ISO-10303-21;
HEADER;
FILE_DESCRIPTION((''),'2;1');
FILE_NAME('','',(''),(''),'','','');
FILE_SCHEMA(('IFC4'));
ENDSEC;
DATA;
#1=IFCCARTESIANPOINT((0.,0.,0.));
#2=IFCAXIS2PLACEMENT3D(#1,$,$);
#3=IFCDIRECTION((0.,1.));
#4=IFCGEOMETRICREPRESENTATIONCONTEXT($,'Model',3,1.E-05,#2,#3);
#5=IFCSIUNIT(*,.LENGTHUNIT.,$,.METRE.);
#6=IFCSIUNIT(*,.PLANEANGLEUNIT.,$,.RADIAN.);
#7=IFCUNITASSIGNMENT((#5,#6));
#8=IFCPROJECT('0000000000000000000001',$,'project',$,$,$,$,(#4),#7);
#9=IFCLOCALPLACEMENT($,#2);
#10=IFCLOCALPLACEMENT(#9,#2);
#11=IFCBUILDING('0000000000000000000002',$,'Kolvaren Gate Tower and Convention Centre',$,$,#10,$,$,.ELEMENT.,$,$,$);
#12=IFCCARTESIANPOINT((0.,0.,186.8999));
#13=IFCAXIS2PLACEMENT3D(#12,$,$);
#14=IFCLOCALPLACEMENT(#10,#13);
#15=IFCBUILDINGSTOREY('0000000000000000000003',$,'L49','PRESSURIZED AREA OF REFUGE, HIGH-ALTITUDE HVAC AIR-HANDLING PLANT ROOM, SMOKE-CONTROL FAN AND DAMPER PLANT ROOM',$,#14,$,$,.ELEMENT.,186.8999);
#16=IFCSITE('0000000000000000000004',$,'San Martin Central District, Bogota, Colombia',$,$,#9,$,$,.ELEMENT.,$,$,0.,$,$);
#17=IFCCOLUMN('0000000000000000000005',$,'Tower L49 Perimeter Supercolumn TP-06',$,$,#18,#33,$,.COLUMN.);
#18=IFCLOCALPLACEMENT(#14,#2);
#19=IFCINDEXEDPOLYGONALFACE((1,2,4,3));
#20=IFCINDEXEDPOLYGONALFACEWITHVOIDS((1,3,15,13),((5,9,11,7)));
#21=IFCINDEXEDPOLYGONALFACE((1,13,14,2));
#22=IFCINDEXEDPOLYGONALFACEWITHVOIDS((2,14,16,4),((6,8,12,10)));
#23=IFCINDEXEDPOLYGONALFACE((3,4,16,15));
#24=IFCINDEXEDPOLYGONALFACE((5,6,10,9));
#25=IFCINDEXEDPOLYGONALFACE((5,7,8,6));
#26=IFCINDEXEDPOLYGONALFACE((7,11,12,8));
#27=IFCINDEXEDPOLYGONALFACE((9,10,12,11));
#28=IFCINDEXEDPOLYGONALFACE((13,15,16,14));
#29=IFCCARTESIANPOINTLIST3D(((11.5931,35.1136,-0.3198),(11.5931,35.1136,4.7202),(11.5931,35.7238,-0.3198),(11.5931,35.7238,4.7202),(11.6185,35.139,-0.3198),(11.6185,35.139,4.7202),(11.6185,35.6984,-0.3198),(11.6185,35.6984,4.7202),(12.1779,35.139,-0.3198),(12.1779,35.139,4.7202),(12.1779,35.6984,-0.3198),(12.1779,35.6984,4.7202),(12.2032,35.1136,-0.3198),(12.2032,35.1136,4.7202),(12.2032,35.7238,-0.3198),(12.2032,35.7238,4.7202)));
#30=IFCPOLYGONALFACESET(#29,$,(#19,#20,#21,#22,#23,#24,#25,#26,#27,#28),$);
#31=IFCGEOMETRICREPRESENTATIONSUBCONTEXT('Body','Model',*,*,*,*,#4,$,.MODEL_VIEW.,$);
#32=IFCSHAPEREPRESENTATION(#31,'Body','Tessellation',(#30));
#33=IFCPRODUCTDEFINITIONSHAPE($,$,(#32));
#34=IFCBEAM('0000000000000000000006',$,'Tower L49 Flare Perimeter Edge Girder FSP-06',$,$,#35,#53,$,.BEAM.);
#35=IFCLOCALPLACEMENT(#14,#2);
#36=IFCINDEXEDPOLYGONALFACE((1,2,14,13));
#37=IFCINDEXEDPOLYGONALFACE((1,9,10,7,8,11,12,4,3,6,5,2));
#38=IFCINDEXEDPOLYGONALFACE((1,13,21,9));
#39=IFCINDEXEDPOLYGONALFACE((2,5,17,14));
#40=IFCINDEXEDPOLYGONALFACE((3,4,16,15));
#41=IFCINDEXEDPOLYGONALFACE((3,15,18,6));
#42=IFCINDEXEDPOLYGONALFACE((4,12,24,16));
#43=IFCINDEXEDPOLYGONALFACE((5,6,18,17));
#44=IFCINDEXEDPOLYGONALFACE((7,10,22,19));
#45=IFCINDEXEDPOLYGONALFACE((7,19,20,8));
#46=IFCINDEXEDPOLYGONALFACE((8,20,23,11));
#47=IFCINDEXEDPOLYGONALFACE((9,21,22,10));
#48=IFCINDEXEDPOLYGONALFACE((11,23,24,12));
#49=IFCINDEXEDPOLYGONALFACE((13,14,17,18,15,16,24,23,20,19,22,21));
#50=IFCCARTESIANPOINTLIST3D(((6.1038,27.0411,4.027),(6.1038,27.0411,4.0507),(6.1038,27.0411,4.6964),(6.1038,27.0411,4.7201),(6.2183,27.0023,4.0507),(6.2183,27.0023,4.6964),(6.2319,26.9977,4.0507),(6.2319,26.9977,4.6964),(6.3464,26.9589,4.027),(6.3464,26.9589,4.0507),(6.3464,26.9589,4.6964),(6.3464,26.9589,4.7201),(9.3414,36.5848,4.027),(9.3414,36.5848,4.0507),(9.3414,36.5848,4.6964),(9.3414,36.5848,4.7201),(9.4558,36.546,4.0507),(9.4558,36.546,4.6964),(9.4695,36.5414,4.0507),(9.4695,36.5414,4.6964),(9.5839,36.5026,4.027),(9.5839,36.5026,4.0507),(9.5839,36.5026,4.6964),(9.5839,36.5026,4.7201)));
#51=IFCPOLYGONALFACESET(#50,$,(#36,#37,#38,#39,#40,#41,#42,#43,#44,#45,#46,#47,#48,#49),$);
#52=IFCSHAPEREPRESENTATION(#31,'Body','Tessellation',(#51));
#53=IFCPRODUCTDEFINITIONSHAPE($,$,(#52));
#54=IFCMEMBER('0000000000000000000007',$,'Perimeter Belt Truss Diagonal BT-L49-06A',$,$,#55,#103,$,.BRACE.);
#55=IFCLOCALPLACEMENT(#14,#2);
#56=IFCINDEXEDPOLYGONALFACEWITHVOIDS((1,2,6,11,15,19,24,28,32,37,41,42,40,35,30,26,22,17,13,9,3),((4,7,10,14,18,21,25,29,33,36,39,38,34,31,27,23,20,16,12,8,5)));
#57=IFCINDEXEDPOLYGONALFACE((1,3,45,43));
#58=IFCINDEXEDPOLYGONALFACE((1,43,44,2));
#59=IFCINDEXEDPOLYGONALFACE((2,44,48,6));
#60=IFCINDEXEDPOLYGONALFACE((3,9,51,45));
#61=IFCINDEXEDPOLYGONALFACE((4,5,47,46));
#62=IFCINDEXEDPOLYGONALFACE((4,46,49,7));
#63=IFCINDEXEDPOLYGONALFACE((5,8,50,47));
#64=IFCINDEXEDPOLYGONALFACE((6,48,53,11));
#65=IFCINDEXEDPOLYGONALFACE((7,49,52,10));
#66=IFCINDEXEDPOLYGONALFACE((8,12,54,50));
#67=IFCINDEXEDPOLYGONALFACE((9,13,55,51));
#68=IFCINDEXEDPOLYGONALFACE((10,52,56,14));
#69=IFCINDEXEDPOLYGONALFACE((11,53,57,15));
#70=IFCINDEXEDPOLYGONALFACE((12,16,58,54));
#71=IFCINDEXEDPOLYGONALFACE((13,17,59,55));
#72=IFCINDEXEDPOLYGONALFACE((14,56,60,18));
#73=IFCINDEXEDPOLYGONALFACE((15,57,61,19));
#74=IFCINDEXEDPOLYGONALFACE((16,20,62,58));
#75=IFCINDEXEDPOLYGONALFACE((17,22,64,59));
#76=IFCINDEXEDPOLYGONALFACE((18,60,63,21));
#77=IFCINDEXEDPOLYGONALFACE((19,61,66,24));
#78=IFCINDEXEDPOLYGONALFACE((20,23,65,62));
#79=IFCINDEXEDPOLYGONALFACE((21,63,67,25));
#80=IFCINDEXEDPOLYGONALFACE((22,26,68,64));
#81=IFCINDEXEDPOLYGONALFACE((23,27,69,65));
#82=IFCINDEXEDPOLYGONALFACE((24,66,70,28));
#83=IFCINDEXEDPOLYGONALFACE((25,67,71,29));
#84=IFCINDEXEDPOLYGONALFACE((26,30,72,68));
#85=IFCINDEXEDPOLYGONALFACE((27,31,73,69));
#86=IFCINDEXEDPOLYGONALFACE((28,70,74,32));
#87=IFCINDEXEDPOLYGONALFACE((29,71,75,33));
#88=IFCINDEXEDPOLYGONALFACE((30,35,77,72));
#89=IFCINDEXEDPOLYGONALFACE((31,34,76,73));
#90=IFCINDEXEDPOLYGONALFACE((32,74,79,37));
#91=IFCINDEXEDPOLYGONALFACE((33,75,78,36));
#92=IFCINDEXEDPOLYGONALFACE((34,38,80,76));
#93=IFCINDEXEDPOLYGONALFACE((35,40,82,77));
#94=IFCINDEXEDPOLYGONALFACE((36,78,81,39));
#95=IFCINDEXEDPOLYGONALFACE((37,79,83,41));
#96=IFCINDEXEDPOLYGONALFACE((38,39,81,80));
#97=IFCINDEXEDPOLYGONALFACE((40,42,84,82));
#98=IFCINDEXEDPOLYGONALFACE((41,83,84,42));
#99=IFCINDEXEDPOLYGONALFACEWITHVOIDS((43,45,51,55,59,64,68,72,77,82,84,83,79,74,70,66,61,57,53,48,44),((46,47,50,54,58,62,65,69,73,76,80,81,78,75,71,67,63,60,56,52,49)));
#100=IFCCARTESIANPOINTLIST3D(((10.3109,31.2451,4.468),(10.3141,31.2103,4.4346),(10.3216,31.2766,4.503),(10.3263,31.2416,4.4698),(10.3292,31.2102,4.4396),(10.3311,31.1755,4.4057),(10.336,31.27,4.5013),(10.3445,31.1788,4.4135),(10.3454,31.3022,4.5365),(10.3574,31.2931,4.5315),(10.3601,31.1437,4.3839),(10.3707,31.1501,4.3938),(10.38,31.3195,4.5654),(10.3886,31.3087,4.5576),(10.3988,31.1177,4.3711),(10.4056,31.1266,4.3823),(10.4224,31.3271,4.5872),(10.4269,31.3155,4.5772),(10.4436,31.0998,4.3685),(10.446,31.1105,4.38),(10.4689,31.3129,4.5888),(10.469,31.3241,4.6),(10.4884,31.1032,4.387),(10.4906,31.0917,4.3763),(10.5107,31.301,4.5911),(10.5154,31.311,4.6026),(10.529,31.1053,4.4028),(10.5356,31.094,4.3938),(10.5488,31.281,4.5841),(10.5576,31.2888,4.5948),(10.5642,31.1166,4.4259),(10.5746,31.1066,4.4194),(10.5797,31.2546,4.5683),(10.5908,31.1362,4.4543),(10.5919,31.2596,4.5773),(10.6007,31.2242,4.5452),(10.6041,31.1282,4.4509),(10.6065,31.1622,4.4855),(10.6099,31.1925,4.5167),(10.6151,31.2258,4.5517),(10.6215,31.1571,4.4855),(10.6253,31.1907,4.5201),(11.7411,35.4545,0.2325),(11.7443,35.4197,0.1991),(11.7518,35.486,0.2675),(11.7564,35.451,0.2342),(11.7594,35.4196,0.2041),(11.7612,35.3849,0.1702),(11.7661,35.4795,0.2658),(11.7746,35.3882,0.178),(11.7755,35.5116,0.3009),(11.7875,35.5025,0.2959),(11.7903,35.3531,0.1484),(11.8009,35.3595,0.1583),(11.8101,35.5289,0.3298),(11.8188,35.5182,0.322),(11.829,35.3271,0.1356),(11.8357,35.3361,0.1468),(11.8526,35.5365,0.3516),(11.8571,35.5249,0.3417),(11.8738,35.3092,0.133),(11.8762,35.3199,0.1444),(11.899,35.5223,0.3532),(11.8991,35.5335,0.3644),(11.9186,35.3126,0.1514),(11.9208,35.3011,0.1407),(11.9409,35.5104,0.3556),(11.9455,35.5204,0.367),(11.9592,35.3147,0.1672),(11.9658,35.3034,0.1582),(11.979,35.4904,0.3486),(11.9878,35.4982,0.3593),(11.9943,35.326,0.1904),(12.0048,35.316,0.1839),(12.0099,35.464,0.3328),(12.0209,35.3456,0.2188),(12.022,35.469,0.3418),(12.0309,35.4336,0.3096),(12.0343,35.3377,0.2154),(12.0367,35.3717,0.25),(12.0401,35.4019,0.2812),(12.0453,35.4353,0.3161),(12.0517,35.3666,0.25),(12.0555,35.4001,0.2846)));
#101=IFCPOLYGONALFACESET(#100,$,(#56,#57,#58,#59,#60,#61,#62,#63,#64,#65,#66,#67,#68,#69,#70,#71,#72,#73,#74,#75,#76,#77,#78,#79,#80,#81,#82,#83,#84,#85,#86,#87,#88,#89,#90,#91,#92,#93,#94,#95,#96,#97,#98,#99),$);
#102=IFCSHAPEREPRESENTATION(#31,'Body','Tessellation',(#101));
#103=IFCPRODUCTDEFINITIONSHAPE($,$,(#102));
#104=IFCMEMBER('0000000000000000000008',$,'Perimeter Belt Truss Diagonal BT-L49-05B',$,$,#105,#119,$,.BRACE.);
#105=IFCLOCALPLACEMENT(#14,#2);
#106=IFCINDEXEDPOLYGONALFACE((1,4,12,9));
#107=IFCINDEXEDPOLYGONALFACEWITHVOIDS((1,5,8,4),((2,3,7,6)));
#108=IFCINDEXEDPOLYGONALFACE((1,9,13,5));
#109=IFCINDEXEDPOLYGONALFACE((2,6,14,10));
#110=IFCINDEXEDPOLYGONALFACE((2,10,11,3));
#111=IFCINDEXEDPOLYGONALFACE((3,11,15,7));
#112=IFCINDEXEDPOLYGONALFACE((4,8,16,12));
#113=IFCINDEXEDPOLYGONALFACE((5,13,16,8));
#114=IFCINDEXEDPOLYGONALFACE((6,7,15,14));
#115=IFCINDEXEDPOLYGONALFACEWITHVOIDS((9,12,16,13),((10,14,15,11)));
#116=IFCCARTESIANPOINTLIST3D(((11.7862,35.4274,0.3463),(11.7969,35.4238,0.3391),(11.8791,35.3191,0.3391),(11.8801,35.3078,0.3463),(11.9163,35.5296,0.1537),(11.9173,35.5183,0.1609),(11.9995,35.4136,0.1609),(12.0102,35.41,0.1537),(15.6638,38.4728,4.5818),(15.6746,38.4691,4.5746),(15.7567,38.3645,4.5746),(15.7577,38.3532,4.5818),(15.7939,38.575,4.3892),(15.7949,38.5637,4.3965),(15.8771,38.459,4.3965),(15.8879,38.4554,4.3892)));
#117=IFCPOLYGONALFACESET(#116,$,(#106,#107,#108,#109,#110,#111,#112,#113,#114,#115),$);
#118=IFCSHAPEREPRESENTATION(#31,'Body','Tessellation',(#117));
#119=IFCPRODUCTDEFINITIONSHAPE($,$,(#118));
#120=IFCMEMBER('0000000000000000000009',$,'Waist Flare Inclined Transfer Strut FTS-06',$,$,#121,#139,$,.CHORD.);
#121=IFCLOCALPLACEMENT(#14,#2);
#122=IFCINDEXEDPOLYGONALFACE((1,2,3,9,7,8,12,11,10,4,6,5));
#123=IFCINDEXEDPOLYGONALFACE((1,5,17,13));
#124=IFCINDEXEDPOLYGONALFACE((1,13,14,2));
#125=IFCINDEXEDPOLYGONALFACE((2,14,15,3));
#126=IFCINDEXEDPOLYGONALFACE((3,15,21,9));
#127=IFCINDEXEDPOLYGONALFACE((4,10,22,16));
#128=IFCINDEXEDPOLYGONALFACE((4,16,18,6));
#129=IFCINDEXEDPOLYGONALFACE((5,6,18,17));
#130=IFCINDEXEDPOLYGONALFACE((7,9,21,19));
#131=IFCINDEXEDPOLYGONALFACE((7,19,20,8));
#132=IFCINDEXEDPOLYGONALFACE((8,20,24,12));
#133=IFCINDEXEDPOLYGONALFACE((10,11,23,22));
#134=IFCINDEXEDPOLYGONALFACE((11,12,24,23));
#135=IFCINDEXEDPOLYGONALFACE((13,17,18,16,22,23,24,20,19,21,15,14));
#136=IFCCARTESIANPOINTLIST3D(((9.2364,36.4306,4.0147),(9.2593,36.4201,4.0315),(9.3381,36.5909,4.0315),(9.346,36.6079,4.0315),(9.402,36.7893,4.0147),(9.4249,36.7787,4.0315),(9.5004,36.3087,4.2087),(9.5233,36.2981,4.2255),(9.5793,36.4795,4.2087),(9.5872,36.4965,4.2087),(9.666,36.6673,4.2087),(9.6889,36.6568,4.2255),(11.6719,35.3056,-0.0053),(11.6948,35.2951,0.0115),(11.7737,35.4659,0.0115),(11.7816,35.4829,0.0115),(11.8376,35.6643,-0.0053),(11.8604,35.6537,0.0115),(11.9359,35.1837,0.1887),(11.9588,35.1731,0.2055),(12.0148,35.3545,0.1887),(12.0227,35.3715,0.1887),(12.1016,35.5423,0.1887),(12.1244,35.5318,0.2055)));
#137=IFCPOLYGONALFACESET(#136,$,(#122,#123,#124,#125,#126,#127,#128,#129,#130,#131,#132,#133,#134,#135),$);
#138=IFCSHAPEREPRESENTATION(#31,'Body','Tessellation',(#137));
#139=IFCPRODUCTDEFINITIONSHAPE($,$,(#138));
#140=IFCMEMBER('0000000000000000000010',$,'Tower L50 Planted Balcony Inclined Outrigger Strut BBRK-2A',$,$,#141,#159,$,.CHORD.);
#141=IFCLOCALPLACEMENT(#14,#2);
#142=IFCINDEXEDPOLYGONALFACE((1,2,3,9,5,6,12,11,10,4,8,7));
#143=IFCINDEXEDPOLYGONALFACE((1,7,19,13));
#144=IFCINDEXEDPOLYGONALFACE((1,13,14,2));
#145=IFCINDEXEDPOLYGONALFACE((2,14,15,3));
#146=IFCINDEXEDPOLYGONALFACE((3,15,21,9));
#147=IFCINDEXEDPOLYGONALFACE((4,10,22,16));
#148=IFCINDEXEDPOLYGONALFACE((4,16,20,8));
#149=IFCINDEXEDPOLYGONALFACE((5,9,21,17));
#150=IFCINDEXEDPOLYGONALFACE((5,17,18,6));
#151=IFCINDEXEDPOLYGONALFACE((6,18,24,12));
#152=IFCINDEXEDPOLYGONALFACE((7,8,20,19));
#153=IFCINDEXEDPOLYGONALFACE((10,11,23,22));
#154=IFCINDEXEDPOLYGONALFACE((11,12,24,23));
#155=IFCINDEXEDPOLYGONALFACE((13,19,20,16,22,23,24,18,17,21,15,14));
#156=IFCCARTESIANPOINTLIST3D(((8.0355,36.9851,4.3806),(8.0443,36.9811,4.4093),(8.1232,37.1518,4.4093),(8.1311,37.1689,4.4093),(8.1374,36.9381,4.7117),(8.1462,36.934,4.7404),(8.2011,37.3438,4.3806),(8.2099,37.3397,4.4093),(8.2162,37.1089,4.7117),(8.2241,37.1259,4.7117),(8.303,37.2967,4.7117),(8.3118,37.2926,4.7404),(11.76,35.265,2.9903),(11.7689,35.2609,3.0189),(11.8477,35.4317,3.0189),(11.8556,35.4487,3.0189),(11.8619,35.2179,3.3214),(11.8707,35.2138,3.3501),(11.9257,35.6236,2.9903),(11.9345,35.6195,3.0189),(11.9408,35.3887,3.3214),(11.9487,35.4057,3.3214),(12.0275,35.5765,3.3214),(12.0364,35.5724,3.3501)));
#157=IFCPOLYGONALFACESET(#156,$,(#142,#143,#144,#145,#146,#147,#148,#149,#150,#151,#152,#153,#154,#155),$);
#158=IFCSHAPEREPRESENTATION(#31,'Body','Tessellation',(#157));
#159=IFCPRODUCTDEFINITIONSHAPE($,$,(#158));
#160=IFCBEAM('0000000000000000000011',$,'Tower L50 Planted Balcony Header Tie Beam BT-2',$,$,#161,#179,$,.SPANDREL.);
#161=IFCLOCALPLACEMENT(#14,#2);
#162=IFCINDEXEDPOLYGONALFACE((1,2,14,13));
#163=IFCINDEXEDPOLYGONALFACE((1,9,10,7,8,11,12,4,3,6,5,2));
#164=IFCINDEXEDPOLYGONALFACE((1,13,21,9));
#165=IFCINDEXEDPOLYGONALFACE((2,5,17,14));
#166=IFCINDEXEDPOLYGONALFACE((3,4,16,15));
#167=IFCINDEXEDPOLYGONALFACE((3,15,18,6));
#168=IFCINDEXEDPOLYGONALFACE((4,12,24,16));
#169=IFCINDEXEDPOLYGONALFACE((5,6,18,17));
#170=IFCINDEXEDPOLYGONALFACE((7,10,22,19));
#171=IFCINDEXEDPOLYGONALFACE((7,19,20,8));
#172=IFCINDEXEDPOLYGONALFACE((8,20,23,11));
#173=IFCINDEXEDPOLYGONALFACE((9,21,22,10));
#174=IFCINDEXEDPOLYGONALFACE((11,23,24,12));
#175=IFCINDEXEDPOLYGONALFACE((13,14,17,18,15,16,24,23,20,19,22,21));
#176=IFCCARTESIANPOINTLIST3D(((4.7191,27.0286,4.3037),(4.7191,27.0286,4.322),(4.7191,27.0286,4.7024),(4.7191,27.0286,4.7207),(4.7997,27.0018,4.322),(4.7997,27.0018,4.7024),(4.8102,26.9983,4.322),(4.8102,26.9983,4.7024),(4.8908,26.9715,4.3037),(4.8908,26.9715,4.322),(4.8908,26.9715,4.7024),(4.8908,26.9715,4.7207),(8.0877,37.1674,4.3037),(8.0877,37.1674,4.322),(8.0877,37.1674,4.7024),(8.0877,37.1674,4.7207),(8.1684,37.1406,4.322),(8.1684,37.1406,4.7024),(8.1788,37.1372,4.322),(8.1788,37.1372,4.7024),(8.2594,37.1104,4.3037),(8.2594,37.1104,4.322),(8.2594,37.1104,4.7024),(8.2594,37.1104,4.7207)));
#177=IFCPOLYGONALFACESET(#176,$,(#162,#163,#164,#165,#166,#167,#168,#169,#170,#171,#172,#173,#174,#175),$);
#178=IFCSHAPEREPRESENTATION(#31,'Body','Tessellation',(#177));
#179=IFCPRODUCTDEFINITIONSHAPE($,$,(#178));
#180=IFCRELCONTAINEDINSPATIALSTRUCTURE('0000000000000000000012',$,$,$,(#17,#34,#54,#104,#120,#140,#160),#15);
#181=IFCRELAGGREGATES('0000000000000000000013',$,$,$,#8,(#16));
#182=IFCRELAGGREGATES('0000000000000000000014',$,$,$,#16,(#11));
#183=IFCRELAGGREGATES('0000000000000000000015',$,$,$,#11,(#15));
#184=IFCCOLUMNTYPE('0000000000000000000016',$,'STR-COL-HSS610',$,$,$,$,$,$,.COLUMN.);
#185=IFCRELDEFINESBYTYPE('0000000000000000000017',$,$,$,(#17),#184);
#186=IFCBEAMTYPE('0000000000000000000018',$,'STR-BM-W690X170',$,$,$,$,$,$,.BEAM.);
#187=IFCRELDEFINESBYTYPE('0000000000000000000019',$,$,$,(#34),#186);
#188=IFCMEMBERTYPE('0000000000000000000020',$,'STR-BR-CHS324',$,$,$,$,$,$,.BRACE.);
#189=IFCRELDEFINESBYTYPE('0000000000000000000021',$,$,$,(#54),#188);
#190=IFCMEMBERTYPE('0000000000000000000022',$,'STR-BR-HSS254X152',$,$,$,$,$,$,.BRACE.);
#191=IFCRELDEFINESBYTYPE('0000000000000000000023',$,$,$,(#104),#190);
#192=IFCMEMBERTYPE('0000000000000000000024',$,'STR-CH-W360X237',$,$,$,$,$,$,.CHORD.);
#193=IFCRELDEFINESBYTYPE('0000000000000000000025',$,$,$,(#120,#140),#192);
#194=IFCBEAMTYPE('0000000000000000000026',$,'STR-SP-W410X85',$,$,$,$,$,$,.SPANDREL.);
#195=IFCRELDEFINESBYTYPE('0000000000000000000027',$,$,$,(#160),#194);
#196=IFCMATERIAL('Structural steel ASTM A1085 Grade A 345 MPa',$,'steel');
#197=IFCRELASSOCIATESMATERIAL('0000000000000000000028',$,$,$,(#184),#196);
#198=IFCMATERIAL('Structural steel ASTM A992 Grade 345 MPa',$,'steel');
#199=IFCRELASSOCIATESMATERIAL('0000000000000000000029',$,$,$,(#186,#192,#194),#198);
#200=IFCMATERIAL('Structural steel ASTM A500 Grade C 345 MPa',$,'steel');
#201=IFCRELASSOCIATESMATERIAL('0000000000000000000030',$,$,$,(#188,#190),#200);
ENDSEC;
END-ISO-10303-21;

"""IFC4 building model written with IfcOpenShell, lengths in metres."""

from ifc_helpers import new_model, si_unit, direction, frame, origin, origin_2d, place, context, subcontext, project, spatial, hollow_rectangle, hollow_circle, i_section, extrude, material, material_profile, profile_set, type_object, element, save


model = new_model("IFC4")

# Units and contexts
model_context = context("Model", 3, precision=1e-05, world=origin(), true_north=direction((0.0, 1.0)))
body_context = subcontext(model_context, "Body", "Model", "MODEL_VIEW")
ifc_project = project(units=[si_unit("LENGTHUNIT", "METRE"), si_unit("PLANEANGLEUNIT", "RADIAN")], contexts=[model_context])

# Site, building, storey
site_placement = place(None, origin())
site = spatial("IfcSite", under=ifc_project, at=site_placement, Name="San Martin Central District, Bogota, Colombia", CompositionType="ELEMENT", RefElevation=0.0)
building_placement = place(site_placement, origin())
building = spatial("IfcBuilding", under=site, at=building_placement, Name="Kolvaren Gate Tower and Convention Centre", CompositionType="ELEMENT")
storey_placement = place(building_placement, frame((0.0, 0.0, 186.8999)))
storey = spatial("IfcBuildingStorey", under=building, at=storey_placement, Name="L49", Description="PRESSURIZED AREA OF REFUGE, HIGH-ALTITUDE HVAC AIR-HANDLING PLANT ROOM, SMOKE-CONTROL FAN AND DAMPER PLANT ROOM", CompositionType="ELEMENT", Elevation=186.8999)

# Column
ifc_material_1 = material(Name="Structural steel ASTM A1085 Grade A 345 MPa", Category="steel")
ifc_material_profile_1 = material_profile(ifc_material_1, hollow_rectangle(XDim=0.6101, YDim=0.6101, WallThickness=0.0254, at=origin_2d()), Name="HSS610X610X25.4")
ifc_profile_set_1 = profile_set([ifc_material_profile_1], Name="Structural steel ASTM A1085 Grade A 345 MPa")
column_type = type_object("IfcColumnType", Name="STR-COL-HSS610", PredefinedType="COLUMN", material=ifc_profile_set_1)
column_placement = place(storey_placement, frame((11.8982, 35.4187, -0.3198), z_axis=(0.0, 0.0, 1.0), x_axis=(1.0, 0.0, 0.0)))
element("IfcColumn", 1, at=column_placement, inside=storey, type_object=column_type, Name="Tower L49 Perimeter Supercolumn TP-06", PredefinedType="COLUMN", context=body_context, shape_type="SweptSolid", body=[
    extrude(hollow_rectangle(XDim=0.6101, YDim=0.6101, WallThickness=0.0254, at=origin_2d()), origin(), (0.0, 0.0, 1.0), 5.04),
])

# Beam
ifc_material_2 = material(Name="Structural steel ASTM A992 Grade 345 MPa", Category="steel")
ifc_material_profile_2 = material_profile(ifc_material_2, i_section(OverallWidth=0.2561, OverallDepth=0.6931, WebThickness=0.0144, FlangeThickness=0.0237, at=origin_2d()), Name="W690X170")
ifc_profile_set_2 = profile_set([ifc_material_profile_2], Name="Structural steel ASTM A992 Grade 345 MPa")
beam_type_1 = type_object("IfcBeamType", Name="STR-BM-W690X170", PredefinedType="BEAM", material=ifc_profile_set_2)
beam_1_placement = place(storey_placement, frame((9.4626, 36.5437, 4.3735), z_axis=(-0.321253, -0.946994, 0.0), x_axis=(0.946994, -0.321253, 0.0)))
element("IfcBeam", 2, at=beam_1_placement, inside=storey, type_object=beam_type_1, Name="Tower L49 Flare Perimeter Edge Girder FSP-06", PredefinedType="BEAM", context=body_context, shape_type="SweptSolid", body=[
    extrude(i_section(OverallWidth=0.2561, OverallDepth=0.6931, WebThickness=0.0144, FlangeThickness=0.0237, at=origin_2d()), origin(), (0.0, 0.0, 1.0), 10.0779),
])

# Members
ifc_material_3 = material(Name="Structural steel ASTM A500 Grade C 345 MPa", Category="steel")
ifc_material_profile_3 = material_profile(ifc_material_3, hollow_circle(Radius=0.1621, WallThickness=0.0159, at=origin_2d()), Name="CHS324X15.9")
ifc_profile_set_3 = profile_set([ifc_material_profile_3], Name="Structural steel ASTM A500 Grade C 345 MPa")
member_type_1 = type_object("IfcMemberType", Name="STR-BR-CHS324", PredefinedType="BRACE", material=ifc_profile_set_3)
member_1_placement = place(storey_placement, frame((11.8982, 35.4187, 0.25), z_axis=(-0.23291, -0.68553, 0.689784), x_axis=(0.946844, -0.321692, 0.0)))
element("IfcMember", 3, at=member_1_placement, inside=storey, type_object=member_type_1, Name="Perimeter Belt Truss Diagonal BT-L49-06A", PredefinedType="BRACE", context=body_context, shape_type="SweptSolid", body=[
    extrude(hollow_circle(Radius=0.1621, WallThickness=0.0159, at=origin_2d()), origin(), (0.0, 0.0, 1.0), 6.1404),
])
ifc_material_profile_4 = material_profile(ifc_material_3, hollow_rectangle(XDim=0.1521, YDim=0.2539, WallThickness=0.0095, at=origin_2d()), Name="HSS254X152X9.5")
ifc_profile_set_4 = profile_set([ifc_material_profile_4], Name="Structural steel ASTM A500 Grade C 345 MPa")
member_type_2 = type_object("IfcMemberType", Name="STR-BR-HSS254X152", PredefinedType="BRACE", material=ifc_profile_set_4)
member_2_placement = place(storey_placement, frame((11.8982, 35.4187, 0.25), z_axis=(0.596558, 0.468518, 0.651621), x_axis=(-0.617653, 0.786451, 0.0)))
element("IfcMember", 4, at=member_2_placement, inside=storey, type_object=member_type_2, Name="Perimeter Belt Truss Diagonal BT-L49-05B", PredefinedType="BRACE", context=body_context, shape_type="SweptSolid", body=[
    extrude(hollow_rectangle(XDim=0.1521, YDim=0.2539, WallThickness=0.0095, at=origin_2d()), origin(), (0.0, 0.0, 1.0), 6.5),
])
ifc_material_profile_5 = material_profile(ifc_material_2, i_section(OverallWidth=0.395, OverallDepth=0.3799, WebThickness=0.0188, FlangeThickness=0.0303, at=origin_2d()), Name="W360X237")
ifc_profile_set_5 = profile_set([ifc_material_profile_5], Name="Structural steel ASTM A992 Grade 345 MPa")
member_type_3 = type_object("IfcMemberType", Name="STR-CH-W360X237", PredefinedType="CHORD", material=ifc_profile_set_5)
member_3_placement = place(storey_placement, frame((11.8982, 35.4187, 0.1001), z_axis=(-0.503939, 0.232774, 0.831782), x_axis=(-0.419335, -0.907831, 0.0)))
element("IfcMember", 5, at=member_3_placement, inside=storey, type_object=member_type_3, Name="Waist Flare Inclined Transfer Strut FTS-06", PredefinedType="CHORD", context=body_context, shape_type="SweptSolid", body=[
    extrude(i_section(OverallWidth=0.395, OverallDepth=0.3799, WebThickness=0.0188, FlangeThickness=0.0303, at=origin_2d()), origin(), (0.0, 0.0, 1.0), 4.833),
])
member_4_placement = place(storey_placement, frame((11.8982, 35.4187, 3.1702), z_axis=(-0.859818, 0.397108, 0.320966), x_axis=(-0.419292, -0.907851, 0.0)))
element("IfcMember", 6, at=member_4_placement, inside=storey, type_object=member_type_3, Name="Tower L50 Planted Balcony Inclined Outrigger Strut BBRK-2A", PredefinedType="CHORD", context=body_context, shape_type="SweptSolid", body=[
    extrude(i_section(OverallWidth=0.395, OverallDepth=0.3799, WebThickness=0.0188, FlangeThickness=0.0303, at=origin_2d()), origin(), (0.0, 0.0, 1.0), 4.3318),
])

# Beam
ifc_material_profile_6 = material_profile(ifc_material_2, i_section(OverallWidth=0.1809, OverallDepth=0.417, WebThickness=0.011, FlangeThickness=0.0183, at=origin_2d()), Name="W410X85")
ifc_profile_set_6 = profile_set([ifc_material_profile_6], Name="Structural steel ASTM A992 Grade 345 MPa")
beam_type_2 = type_object("IfcBeamType", Name="STR-SP-W410X85", PredefinedType="SPANDREL", material=ifc_profile_set_6)
beam_2_placement = place(storey_placement, frame((8.1736, 37.1389, 4.5122), z_axis=(-0.315302, -0.948991, 0.0), x_axis=(0.948991, -0.315302, 0.0)))
element("IfcBeam", 7, at=beam_2_placement, inside=storey, type_object=beam_type_2, Name="Tower L50 Planted Balcony Header Tie Beam BT-2", PredefinedType="SPANDREL", context=body_context, shape_type="SweptSolid", body=[
    extrude(i_section(OverallWidth=0.1809, OverallDepth=0.417, WebThickness=0.011, FlangeThickness=0.0183, at=origin_2d()), origin(), (0.0, 0.0, 1.0), 10.6838),
])

save(model, "model.ifc")
